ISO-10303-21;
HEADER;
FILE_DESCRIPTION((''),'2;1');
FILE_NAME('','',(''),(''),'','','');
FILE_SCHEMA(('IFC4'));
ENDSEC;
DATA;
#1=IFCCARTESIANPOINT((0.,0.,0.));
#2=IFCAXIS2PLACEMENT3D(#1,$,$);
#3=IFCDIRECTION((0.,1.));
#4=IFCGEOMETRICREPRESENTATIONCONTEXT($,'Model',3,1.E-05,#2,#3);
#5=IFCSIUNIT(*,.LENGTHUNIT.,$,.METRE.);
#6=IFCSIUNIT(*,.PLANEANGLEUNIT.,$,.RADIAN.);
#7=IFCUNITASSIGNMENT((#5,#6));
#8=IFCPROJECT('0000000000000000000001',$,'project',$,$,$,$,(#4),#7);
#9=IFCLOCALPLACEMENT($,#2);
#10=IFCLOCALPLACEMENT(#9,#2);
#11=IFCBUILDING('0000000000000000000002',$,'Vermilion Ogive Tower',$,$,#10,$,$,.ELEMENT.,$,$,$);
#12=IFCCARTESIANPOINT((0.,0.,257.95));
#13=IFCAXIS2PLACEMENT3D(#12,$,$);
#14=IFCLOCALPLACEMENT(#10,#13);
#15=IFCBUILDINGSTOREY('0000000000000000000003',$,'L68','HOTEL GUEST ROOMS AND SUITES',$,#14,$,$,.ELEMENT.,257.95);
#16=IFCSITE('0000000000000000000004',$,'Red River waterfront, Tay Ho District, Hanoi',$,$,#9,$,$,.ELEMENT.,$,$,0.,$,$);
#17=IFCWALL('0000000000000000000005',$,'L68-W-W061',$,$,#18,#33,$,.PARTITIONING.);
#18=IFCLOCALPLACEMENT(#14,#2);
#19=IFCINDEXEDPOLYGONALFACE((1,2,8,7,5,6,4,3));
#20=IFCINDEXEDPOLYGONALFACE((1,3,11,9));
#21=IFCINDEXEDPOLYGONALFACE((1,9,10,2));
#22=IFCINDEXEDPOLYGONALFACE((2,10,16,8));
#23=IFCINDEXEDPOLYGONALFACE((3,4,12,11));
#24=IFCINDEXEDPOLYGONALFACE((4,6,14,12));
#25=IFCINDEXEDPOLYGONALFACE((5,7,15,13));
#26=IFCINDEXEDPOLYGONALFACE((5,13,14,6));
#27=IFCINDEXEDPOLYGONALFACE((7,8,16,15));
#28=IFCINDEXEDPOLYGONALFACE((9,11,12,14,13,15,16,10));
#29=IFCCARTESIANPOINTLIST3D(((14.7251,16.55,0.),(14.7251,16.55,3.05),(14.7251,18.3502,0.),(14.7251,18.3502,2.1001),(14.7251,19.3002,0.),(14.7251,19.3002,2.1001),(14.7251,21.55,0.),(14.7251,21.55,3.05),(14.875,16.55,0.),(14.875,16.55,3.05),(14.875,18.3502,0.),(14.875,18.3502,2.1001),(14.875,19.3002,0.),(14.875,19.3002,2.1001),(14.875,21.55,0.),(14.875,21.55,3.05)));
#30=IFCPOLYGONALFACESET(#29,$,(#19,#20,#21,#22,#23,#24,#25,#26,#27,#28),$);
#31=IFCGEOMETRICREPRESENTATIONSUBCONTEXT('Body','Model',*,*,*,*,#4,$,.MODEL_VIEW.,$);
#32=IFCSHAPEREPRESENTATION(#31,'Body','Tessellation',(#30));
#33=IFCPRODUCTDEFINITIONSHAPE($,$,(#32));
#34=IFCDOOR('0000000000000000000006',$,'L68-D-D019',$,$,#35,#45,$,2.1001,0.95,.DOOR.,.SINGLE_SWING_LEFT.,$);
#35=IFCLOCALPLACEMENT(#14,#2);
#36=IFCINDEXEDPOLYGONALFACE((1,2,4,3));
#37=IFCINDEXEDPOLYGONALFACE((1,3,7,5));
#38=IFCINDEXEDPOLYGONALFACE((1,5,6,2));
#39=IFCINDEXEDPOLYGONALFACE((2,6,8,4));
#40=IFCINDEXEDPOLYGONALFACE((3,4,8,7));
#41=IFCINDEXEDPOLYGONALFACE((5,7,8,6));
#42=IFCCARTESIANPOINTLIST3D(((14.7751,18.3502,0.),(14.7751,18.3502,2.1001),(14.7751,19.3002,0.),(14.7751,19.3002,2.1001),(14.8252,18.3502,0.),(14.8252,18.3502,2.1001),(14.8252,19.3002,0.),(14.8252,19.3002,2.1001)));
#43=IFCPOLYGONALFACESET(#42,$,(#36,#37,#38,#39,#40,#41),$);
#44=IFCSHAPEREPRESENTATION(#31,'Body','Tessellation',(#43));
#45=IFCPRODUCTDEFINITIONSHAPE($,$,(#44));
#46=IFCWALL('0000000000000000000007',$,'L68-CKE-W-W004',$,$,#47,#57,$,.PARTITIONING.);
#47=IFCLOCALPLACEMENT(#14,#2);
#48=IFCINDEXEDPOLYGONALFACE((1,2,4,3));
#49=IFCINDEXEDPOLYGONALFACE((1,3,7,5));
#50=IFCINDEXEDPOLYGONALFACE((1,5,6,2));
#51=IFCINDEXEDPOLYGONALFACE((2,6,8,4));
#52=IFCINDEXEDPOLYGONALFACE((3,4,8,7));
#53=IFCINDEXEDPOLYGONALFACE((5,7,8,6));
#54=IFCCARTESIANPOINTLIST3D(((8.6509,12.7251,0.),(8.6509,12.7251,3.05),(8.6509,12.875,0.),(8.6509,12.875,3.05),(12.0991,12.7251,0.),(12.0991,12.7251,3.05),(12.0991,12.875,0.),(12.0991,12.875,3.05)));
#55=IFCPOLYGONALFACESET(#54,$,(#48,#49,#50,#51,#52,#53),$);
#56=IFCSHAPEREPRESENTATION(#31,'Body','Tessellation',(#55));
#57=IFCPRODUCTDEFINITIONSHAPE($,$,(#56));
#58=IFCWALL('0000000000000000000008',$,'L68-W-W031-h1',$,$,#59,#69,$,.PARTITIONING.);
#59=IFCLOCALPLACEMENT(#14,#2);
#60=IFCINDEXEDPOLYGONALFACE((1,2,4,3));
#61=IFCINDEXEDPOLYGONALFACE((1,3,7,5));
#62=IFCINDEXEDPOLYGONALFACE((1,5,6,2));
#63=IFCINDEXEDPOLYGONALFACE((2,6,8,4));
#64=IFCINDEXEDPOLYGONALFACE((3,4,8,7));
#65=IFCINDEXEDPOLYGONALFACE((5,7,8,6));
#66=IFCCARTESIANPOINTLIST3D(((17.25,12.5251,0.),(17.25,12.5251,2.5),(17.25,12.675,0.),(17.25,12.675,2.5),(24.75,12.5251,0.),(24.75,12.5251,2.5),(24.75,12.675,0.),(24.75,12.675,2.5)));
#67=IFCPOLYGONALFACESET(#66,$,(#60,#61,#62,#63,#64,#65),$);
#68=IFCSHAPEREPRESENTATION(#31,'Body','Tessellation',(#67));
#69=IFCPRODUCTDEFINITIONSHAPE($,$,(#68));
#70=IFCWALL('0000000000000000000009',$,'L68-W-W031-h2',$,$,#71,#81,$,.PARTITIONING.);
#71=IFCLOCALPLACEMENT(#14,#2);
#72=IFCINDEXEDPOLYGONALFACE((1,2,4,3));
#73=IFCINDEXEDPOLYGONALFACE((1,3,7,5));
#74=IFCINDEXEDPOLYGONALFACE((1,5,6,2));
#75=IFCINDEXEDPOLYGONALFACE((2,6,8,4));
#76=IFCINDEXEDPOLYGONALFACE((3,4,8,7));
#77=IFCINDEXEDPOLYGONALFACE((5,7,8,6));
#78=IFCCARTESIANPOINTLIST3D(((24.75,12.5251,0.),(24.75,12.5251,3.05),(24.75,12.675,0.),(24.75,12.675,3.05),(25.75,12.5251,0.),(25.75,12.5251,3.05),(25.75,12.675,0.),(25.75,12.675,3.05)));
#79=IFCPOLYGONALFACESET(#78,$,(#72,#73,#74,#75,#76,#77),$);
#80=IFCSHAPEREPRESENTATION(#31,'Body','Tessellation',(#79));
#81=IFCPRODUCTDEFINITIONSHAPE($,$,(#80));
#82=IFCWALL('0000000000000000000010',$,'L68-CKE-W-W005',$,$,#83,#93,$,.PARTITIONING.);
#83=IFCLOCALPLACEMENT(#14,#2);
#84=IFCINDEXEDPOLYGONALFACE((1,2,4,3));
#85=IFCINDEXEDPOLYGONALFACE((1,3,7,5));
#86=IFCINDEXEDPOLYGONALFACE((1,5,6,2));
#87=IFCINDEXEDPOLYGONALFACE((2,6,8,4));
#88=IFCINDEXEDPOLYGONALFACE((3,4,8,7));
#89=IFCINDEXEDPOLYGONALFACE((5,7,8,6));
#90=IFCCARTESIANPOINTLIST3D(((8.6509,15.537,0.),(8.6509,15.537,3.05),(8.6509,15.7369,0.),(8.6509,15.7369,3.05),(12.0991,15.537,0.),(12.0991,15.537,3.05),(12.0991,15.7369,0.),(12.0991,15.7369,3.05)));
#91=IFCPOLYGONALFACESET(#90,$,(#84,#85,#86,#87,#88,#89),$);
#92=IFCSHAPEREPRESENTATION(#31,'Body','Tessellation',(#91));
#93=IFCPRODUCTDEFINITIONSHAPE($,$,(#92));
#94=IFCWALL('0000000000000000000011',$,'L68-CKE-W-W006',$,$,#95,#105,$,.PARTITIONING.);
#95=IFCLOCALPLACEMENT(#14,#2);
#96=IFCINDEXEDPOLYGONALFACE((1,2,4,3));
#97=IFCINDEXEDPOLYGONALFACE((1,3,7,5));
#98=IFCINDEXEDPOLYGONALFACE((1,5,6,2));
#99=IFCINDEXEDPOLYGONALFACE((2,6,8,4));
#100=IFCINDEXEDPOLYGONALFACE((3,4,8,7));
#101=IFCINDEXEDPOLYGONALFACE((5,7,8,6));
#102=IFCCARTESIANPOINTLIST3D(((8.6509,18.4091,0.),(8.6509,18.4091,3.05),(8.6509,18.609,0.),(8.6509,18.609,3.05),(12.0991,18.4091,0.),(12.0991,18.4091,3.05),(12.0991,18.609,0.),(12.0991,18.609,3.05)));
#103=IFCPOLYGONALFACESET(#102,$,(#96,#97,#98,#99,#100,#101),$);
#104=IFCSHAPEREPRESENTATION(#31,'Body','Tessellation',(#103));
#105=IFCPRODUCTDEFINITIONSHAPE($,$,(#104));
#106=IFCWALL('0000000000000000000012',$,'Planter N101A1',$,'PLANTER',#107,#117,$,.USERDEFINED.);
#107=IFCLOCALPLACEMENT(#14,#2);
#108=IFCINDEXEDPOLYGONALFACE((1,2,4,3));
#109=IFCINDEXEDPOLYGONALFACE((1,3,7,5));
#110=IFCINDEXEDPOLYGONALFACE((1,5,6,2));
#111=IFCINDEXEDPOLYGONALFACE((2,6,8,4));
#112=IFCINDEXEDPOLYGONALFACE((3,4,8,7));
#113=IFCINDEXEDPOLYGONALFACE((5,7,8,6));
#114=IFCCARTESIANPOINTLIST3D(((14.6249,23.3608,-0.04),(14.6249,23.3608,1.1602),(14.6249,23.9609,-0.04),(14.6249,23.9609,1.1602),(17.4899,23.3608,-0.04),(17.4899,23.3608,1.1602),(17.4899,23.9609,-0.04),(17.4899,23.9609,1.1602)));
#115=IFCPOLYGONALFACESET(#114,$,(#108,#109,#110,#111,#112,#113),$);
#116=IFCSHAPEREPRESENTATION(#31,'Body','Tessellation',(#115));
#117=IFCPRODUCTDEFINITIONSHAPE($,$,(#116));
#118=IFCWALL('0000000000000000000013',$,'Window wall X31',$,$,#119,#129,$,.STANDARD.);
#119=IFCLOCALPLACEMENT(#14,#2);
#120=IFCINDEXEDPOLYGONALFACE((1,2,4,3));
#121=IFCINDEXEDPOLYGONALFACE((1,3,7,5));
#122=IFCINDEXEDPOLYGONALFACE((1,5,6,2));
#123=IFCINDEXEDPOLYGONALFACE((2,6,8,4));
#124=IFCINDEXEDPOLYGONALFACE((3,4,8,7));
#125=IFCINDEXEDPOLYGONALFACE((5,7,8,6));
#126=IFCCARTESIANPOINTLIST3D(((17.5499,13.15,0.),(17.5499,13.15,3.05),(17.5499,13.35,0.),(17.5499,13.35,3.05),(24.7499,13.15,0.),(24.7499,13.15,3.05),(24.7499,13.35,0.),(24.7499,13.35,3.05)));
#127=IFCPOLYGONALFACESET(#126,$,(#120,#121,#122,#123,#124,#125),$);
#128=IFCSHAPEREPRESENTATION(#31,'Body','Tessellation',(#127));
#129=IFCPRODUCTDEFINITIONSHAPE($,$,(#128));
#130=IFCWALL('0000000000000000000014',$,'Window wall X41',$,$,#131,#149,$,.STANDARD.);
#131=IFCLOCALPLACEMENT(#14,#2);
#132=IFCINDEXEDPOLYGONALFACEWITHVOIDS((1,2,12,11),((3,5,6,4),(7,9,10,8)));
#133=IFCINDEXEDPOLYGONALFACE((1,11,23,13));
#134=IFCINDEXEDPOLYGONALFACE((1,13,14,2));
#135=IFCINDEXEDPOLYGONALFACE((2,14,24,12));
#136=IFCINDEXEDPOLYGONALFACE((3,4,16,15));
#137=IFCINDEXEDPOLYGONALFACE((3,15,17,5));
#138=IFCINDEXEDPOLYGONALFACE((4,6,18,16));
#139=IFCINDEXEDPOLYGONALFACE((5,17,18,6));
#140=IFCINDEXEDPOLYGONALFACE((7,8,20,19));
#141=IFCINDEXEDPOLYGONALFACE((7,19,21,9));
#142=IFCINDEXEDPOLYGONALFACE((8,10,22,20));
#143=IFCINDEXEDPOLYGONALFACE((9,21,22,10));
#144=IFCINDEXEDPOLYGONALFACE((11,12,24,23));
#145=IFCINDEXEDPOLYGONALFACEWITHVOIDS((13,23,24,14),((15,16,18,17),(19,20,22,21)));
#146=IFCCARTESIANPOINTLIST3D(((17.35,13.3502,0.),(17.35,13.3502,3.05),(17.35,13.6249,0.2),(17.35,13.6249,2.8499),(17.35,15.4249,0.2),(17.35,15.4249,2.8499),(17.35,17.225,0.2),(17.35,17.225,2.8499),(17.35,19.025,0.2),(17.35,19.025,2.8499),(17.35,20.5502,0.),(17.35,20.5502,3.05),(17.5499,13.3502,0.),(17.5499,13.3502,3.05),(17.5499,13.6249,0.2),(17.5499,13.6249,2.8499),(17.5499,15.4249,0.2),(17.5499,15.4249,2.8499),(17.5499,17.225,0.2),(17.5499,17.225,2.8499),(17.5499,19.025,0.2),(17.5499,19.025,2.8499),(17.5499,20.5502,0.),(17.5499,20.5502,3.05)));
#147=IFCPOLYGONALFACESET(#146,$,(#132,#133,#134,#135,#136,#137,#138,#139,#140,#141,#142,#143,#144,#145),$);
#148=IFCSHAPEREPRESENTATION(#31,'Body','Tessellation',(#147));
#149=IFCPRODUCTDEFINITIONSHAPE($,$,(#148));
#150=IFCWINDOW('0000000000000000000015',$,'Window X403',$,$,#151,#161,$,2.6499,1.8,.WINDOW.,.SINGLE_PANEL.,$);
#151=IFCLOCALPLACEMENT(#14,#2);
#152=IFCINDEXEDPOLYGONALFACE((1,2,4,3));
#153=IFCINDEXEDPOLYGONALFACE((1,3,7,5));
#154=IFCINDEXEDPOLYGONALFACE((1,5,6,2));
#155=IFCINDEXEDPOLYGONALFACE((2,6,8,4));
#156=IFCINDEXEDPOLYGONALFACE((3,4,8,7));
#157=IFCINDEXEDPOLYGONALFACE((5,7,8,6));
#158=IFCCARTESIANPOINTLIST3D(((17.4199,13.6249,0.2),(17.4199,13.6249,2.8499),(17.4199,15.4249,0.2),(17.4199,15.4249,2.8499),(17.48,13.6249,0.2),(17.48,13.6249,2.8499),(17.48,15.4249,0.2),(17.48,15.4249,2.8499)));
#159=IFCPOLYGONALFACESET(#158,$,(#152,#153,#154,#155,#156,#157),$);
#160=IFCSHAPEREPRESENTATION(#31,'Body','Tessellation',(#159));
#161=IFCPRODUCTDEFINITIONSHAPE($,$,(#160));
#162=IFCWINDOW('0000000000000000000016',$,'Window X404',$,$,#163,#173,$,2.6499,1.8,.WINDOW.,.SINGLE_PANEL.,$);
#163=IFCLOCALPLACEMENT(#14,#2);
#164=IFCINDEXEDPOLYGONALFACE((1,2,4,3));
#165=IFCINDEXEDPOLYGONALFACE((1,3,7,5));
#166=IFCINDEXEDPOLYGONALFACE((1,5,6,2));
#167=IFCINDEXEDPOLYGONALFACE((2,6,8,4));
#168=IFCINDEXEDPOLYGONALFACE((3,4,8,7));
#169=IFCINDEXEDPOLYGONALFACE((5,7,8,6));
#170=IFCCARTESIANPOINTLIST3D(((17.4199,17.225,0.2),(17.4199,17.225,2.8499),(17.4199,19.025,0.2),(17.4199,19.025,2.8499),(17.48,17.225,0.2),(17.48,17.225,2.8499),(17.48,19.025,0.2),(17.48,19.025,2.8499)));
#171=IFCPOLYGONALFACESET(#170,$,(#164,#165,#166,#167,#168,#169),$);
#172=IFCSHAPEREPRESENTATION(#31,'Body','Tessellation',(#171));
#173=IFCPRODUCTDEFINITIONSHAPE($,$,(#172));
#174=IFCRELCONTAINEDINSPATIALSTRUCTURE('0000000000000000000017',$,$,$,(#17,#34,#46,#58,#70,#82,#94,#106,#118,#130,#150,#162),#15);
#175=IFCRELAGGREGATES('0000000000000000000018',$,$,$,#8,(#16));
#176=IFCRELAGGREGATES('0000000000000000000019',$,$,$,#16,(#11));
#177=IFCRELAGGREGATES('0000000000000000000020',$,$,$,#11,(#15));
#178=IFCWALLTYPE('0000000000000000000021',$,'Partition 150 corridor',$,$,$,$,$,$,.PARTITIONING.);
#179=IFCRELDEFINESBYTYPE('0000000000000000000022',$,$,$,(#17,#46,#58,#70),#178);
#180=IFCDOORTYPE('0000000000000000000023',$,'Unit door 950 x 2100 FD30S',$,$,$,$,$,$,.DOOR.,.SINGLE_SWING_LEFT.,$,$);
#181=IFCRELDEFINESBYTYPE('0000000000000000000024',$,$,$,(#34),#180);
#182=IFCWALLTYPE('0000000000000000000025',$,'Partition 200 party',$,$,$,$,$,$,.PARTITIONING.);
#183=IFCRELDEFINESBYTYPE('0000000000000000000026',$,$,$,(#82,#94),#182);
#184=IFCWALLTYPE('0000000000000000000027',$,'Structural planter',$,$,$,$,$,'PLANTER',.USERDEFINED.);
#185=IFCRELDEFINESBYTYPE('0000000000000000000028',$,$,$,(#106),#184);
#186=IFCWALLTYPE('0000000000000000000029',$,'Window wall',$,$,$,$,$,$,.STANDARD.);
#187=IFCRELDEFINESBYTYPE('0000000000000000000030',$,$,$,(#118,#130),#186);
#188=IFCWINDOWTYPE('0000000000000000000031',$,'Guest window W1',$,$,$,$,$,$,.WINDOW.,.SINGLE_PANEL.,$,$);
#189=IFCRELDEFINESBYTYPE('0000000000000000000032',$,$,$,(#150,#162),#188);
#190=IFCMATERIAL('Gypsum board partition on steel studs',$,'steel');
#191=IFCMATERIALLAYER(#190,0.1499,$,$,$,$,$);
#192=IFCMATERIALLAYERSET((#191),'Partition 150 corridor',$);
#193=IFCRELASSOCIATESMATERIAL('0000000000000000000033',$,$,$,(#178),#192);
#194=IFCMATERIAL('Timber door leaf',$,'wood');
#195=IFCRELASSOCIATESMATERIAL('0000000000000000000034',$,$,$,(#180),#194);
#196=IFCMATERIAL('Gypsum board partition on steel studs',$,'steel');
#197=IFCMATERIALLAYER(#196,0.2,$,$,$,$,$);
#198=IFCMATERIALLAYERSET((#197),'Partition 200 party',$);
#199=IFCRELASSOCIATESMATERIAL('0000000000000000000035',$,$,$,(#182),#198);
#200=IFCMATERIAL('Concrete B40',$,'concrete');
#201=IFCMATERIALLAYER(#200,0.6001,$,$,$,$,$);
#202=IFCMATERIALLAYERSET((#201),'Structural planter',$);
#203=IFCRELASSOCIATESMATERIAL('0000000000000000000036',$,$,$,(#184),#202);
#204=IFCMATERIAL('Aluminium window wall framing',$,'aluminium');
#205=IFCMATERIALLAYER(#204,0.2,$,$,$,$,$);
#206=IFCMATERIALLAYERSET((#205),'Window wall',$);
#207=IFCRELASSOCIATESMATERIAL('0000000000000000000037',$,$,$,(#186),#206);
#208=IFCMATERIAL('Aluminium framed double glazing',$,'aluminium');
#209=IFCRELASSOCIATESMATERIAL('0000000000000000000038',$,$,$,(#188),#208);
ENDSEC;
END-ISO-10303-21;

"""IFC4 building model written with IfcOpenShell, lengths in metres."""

from ifc_helpers import new_model, si_unit, direction, frame, frame_2d, origin, place, context, subcontext, project, spatial, rectangle, extrude, material, layer, layer_set, type_object, element, fill, save


model = new_model("IFC4")

# Units and contexts
model_context = context("Model", 3, precision=1e-05, world=origin(), true_north=direction((0.0, 1.0)))
body_context = subcontext(model_context, "Body", "Model", "MODEL_VIEW")
ifc_project = project(units=[si_unit("LENGTHUNIT", "METRE"), si_unit("PLANEANGLEUNIT", "RADIAN")], contexts=[model_context])

# Site, building, storey
site_placement = place(None, origin())
site = spatial("IfcSite", under=ifc_project, at=site_placement, Name="Red River waterfront, Tay Ho District, Hanoi", CompositionType="ELEMENT", RefElevation=0.0)
building_placement = place(site_placement, origin())
building = spatial("IfcBuilding", under=site, at=building_placement, Name="Vermilion Ogive Tower", CompositionType="ELEMENT")
storey_placement = place(building_placement, frame((0.0, 0.0, 257.95)))
storey = spatial("IfcBuildingStorey", under=building, at=storey_placement, Name="L68", Description="HOTEL GUEST ROOMS AND SUITES", CompositionType="ELEMENT", Elevation=257.95)

# Shared definitions
ifc_material_1 = material(Name="Gypsum board partition on steel studs", Category="steel")
ifc_layer_1 = layer(ifc_material_1, 0.1499)
ifc_layer_set_1 = layer_set([ifc_layer_1], Name="Partition 150 corridor")
wall_type_1 = type_object("IfcWallType", Name="Partition 150 corridor", PredefinedType="PARTITIONING", material=ifc_layer_set_1)

# Wall, opening, door
wall_1_placement = place(storey_placement, frame((14.8, 16.55, 0.0), z_axis=(0.0, 0.0, 1.0), x_axis=(0.0, 1.0, 0.0)))
wall_1 = element("IfcWall", 1, at=wall_1_placement, inside=storey, type_object=wall_type_1, Name="L68-W-W061", PredefinedType="PARTITIONING", context=body_context, shape_type="SweptSolid", body=[
    extrude(rectangle(XDim=5.0, YDim=0.1499, at=frame_2d((2.5, 0.0))), origin(), (0.0, 0.0, 1.0), 3.05),
])
opening_1_placement = place(wall_1_placement, frame((1.8, 0.0, 0.0)))
opening_1 = element("IfcOpeningElement", 2, at=opening_1_placement, cuts=wall_1, PredefinedType="OPENING", context=body_context, shape_type="SweptSolid", body=[
    extrude(rectangle(XDim=0.95, YDim=2.1001, at=frame_2d((0.4751, 1.05))), frame((0.0, 0.085, 0.0), z_axis=(0.0, -1.0, 0.0), x_axis=(1.0, 0.0, 0.0)), (0.0, 0.0, 1.0), 0.1699),
])
ifc_material_2 = material(Name="Timber door leaf", Category="wood")
door_type_1 = type_object("IfcDoorType", Name="Unit door 950 x 2100 FD30S", OperationType="SINGLE_SWING_LEFT", PredefinedType="DOOR", material=ifc_material_2)
door_1_placement = place(opening_1_placement, origin())
door_1 = element("IfcDoor", 3, at=door_1_placement, inside=storey, type_object=door_type_1, Name="L68-D-D019", OperationType="SINGLE_SWING_LEFT", OverallHeight=2.1001, OverallWidth=0.95, PredefinedType="DOOR", context=body_context, shape_type="SweptSolid", body=[
    extrude(rectangle(XDim=0.95, YDim=2.1001, at=frame_2d((0.4751, 1.05))), frame((0.0, 0.0249, 0.0), z_axis=(0.0, -1.0, 0.0), x_axis=(1.0, 0.0, 0.0)), (0.0, 0.0, 1.0), 0.05),
])
fill(opening_1, door_1)

# Walls
wall_2_placement = place(storey_placement, frame((8.6509, 12.8, 0.0), z_axis=(0.0, 0.0, 1.0), x_axis=(1.0, 0.0, 0.0)))
element("IfcWall", 4, at=wall_2_placement, inside=storey, type_object=wall_type_1, Name="L68-CKE-W-W004", PredefinedType="PARTITIONING", context=body_context, shape_type="SweptSolid", body=[
    extrude(rectangle(XDim=3.4482, YDim=0.1499, at=frame_2d((1.7241, 0.0))), origin(), (0.0, 0.0, 1.0), 3.05),
])
wall_3_placement = place(storey_placement, frame((17.25, 12.6001, 0.0), z_axis=(0.0, 0.0, 1.0), x_axis=(1.0, 0.0, 0.0)))
element("IfcWall", 5, at=wall_3_placement, inside=storey, type_object=wall_type_1, Name="L68-W-W031-h1", PredefinedType="PARTITIONING", context=body_context, shape_type="SweptSolid", body=[
    extrude(rectangle(XDim=7.5, YDim=0.1499, at=frame_2d((3.75, 0.0))), origin(), (0.0, 0.0, 1.0), 2.5),
])
wall_4_placement = place(storey_placement, frame((24.75, 12.6001, 0.0), z_axis=(0.0, 0.0, 1.0), x_axis=(1.0, 0.0, 0.0)))
element("IfcWall", 6, at=wall_4_placement, inside=storey, type_object=wall_type_1, Name="L68-W-W031-h2", PredefinedType="PARTITIONING", context=body_context, shape_type="SweptSolid", body=[
    extrude(rectangle(XDim=1.0, YDim=0.1499, at=frame_2d((0.5, 0.0))), origin(), (0.0, 0.0, 1.0), 3.05),
])
ifc_material_3 = material(Name="Gypsum board partition on steel studs", Category="steel")
ifc_layer_2 = layer(ifc_material_3, 0.2)
ifc_layer_set_2 = layer_set([ifc_layer_2], Name="Partition 200 party")
wall_type_2 = type_object("IfcWallType", Name="Partition 200 party", PredefinedType="PARTITIONING", material=ifc_layer_set_2)
for number, where, z_axis, x_axis, name in (
    (7, (8.6509, 15.637, 0.0), (0.0, 0.0, 1.0), (1.0, 0.0, 0.0), "L68-CKE-W-W005"),
    (8, (8.6509, 18.509, 0.0), (0.0, 0.0, 1.0), (1.0, 0.0, 0.0), "L68-CKE-W-W006"),
):
    element("IfcWall", number, at=place(storey_placement, frame(where, z_axis=z_axis, x_axis=x_axis)), inside=storey, type_object=wall_type_2, Name=name, PredefinedType="PARTITIONING", context=body_context, shape_type="SweptSolid", body=[
        extrude(rectangle(XDim=3.4482, YDim=0.2, at=frame_2d((1.7241, 0.0))), origin(), (0.0, 0.0, 1.0), 3.05),
    ])
ifc_material_4 = material(Name="Concrete B40", Category="concrete")
ifc_layer_3 = layer(ifc_material_4, 0.6001)
ifc_layer_set_3 = layer_set([ifc_layer_3], Name="Structural planter")
wall_type_3 = type_object("IfcWallType", Name="Structural planter", ElementType="PLANTER", PredefinedType="USERDEFINED", material=ifc_layer_set_3)
wall_5_placement = place(storey_placement, frame((17.49, 23.6609, -0.04), z_axis=(0.0, 0.0, 1.0), x_axis=(-1.0, 0.0, 0.0)))
element("IfcWall", 9, at=wall_5_placement, inside=storey, type_object=wall_type_3, Name="Planter N101A1", ObjectType="PLANTER", PredefinedType="USERDEFINED", context=body_context, shape_type="SweptSolid", body=[
    extrude(rectangle(XDim=2.865, YDim=0.6001, at=frame_2d((1.4326, 0.0))), origin(), (0.0, 0.0, 1.0), 1.2002),
])
ifc_material_5 = material(Name="Aluminium window wall framing", Category="aluminium")
ifc_layer_4 = layer(ifc_material_5, 0.2)
ifc_layer_set_4 = layer_set([ifc_layer_4], Name="Window wall")
wall_type_4 = type_object("IfcWallType", Name="Window wall", PredefinedType="STANDARD", material=ifc_layer_set_4)
wall_6_placement = place(storey_placement, frame((24.75, 13.25, 0.0), z_axis=(0.0, 0.0, 1.0), x_axis=(-1.0, 0.0, 0.0)))
element("IfcWall", 10, at=wall_6_placement, inside=storey, type_object=wall_type_4, Name="Window wall X31", PredefinedType="STANDARD", context=body_context, shape_type="SweptSolid", body=[
    extrude(rectangle(XDim=7.2, YDim=0.2, at=frame_2d((3.6001, 0.0))), origin(), (0.0, 0.0, 1.0), 3.05),
])

# Wall, openings, windows
wall_7_placement = place(storey_placement, frame((17.45, 13.3501, 0.0), z_axis=(0.0, 0.0, 1.0), x_axis=(0.0, 1.0, 0.0)))
wall_7 = element("IfcWall", 11, at=wall_7_placement, inside=storey, type_object=wall_type_4, Name="Window wall X41", PredefinedType="STANDARD", context=body_context, shape_type="SweptSolid", body=[
    extrude(rectangle(XDim=7.2, YDim=0.2, at=frame_2d((3.6001, 0.0))), origin(), (0.0, 0.0, 1.0), 3.05),
])
opening_2_placement = place(wall_7_placement, frame((0.2749, 0.0, 0.2)))
opening_2 = element("IfcOpeningElement", 12, at=opening_2_placement, cuts=wall_7, PredefinedType="OPENING", context=body_context, shape_type="SweptSolid", body=[
    extrude(rectangle(XDim=1.8, YDim=2.6499, at=frame_2d((0.8999, 1.325))), frame((0.0, 0.1099, 0.0), z_axis=(0.0, -1.0, 0.0), x_axis=(1.0, 0.0, 0.0)), (0.0, 0.0, 1.0), 0.22),
])
opening_3_placement = place(wall_7_placement, frame((3.875, 0.0, 0.2)))
opening_3 = element("IfcOpeningElement", 13, at=opening_3_placement, cuts=wall_7, PredefinedType="OPENING", context=body_context, shape_type="SweptSolid", body=[
    extrude(rectangle(XDim=1.8, YDim=2.6499, at=frame_2d((0.8999, 1.325))), frame((0.0, 0.1099, 0.0), z_axis=(0.0, -1.0, 0.0), x_axis=(1.0, 0.0, 0.0)), (0.0, 0.0, 1.0), 0.22),
])
ifc_material_6 = material(Name="Aluminium framed double glazing", Category="aluminium")
window_type = type_object("IfcWindowType", Name="Guest window W1", PartitioningType="SINGLE_PANEL", PredefinedType="WINDOW", material=ifc_material_6)
window_1_placement = place(opening_2_placement, origin())
window_1 = element("IfcWindow", 14, at=window_1_placement, inside=storey, type_object=window_type, Name="Window X403", OverallHeight=2.6499, OverallWidth=1.8, PartitioningType="SINGLE_PANEL", PredefinedType="WINDOW", context=body_context, shape_type="SweptSolid", body=[
    extrude(rectangle(XDim=1.8, YDim=2.6499, at=frame_2d((0.8999, 1.325))), frame((0.0, 0.03, 0.0), z_axis=(0.0, -1.0, 0.0), x_axis=(1.0, 0.0, 0.0)), (0.0, 0.0, 1.0), 0.0601),
])
fill(opening_2, window_1)
window_2_placement = place(opening_3_placement, origin())
window_2 = element("IfcWindow", 15, at=window_2_placement, inside=storey, type_object=window_type, Name="Window X404", OverallHeight=2.6499, OverallWidth=1.8, PartitioningType="SINGLE_PANEL", PredefinedType="WINDOW", context=body_context, shape_type="SweptSolid", body=[
    extrude(rectangle(XDim=1.8, YDim=2.6499, at=frame_2d((0.8999, 1.325))), frame((0.0, 0.03, 0.0), z_axis=(0.0, -1.0, 0.0), x_axis=(1.0, 0.0, 0.0)), (0.0, 0.0, 1.0), 0.0601),
])
fill(opening_3, window_2)

save(model, "model.ifc")
